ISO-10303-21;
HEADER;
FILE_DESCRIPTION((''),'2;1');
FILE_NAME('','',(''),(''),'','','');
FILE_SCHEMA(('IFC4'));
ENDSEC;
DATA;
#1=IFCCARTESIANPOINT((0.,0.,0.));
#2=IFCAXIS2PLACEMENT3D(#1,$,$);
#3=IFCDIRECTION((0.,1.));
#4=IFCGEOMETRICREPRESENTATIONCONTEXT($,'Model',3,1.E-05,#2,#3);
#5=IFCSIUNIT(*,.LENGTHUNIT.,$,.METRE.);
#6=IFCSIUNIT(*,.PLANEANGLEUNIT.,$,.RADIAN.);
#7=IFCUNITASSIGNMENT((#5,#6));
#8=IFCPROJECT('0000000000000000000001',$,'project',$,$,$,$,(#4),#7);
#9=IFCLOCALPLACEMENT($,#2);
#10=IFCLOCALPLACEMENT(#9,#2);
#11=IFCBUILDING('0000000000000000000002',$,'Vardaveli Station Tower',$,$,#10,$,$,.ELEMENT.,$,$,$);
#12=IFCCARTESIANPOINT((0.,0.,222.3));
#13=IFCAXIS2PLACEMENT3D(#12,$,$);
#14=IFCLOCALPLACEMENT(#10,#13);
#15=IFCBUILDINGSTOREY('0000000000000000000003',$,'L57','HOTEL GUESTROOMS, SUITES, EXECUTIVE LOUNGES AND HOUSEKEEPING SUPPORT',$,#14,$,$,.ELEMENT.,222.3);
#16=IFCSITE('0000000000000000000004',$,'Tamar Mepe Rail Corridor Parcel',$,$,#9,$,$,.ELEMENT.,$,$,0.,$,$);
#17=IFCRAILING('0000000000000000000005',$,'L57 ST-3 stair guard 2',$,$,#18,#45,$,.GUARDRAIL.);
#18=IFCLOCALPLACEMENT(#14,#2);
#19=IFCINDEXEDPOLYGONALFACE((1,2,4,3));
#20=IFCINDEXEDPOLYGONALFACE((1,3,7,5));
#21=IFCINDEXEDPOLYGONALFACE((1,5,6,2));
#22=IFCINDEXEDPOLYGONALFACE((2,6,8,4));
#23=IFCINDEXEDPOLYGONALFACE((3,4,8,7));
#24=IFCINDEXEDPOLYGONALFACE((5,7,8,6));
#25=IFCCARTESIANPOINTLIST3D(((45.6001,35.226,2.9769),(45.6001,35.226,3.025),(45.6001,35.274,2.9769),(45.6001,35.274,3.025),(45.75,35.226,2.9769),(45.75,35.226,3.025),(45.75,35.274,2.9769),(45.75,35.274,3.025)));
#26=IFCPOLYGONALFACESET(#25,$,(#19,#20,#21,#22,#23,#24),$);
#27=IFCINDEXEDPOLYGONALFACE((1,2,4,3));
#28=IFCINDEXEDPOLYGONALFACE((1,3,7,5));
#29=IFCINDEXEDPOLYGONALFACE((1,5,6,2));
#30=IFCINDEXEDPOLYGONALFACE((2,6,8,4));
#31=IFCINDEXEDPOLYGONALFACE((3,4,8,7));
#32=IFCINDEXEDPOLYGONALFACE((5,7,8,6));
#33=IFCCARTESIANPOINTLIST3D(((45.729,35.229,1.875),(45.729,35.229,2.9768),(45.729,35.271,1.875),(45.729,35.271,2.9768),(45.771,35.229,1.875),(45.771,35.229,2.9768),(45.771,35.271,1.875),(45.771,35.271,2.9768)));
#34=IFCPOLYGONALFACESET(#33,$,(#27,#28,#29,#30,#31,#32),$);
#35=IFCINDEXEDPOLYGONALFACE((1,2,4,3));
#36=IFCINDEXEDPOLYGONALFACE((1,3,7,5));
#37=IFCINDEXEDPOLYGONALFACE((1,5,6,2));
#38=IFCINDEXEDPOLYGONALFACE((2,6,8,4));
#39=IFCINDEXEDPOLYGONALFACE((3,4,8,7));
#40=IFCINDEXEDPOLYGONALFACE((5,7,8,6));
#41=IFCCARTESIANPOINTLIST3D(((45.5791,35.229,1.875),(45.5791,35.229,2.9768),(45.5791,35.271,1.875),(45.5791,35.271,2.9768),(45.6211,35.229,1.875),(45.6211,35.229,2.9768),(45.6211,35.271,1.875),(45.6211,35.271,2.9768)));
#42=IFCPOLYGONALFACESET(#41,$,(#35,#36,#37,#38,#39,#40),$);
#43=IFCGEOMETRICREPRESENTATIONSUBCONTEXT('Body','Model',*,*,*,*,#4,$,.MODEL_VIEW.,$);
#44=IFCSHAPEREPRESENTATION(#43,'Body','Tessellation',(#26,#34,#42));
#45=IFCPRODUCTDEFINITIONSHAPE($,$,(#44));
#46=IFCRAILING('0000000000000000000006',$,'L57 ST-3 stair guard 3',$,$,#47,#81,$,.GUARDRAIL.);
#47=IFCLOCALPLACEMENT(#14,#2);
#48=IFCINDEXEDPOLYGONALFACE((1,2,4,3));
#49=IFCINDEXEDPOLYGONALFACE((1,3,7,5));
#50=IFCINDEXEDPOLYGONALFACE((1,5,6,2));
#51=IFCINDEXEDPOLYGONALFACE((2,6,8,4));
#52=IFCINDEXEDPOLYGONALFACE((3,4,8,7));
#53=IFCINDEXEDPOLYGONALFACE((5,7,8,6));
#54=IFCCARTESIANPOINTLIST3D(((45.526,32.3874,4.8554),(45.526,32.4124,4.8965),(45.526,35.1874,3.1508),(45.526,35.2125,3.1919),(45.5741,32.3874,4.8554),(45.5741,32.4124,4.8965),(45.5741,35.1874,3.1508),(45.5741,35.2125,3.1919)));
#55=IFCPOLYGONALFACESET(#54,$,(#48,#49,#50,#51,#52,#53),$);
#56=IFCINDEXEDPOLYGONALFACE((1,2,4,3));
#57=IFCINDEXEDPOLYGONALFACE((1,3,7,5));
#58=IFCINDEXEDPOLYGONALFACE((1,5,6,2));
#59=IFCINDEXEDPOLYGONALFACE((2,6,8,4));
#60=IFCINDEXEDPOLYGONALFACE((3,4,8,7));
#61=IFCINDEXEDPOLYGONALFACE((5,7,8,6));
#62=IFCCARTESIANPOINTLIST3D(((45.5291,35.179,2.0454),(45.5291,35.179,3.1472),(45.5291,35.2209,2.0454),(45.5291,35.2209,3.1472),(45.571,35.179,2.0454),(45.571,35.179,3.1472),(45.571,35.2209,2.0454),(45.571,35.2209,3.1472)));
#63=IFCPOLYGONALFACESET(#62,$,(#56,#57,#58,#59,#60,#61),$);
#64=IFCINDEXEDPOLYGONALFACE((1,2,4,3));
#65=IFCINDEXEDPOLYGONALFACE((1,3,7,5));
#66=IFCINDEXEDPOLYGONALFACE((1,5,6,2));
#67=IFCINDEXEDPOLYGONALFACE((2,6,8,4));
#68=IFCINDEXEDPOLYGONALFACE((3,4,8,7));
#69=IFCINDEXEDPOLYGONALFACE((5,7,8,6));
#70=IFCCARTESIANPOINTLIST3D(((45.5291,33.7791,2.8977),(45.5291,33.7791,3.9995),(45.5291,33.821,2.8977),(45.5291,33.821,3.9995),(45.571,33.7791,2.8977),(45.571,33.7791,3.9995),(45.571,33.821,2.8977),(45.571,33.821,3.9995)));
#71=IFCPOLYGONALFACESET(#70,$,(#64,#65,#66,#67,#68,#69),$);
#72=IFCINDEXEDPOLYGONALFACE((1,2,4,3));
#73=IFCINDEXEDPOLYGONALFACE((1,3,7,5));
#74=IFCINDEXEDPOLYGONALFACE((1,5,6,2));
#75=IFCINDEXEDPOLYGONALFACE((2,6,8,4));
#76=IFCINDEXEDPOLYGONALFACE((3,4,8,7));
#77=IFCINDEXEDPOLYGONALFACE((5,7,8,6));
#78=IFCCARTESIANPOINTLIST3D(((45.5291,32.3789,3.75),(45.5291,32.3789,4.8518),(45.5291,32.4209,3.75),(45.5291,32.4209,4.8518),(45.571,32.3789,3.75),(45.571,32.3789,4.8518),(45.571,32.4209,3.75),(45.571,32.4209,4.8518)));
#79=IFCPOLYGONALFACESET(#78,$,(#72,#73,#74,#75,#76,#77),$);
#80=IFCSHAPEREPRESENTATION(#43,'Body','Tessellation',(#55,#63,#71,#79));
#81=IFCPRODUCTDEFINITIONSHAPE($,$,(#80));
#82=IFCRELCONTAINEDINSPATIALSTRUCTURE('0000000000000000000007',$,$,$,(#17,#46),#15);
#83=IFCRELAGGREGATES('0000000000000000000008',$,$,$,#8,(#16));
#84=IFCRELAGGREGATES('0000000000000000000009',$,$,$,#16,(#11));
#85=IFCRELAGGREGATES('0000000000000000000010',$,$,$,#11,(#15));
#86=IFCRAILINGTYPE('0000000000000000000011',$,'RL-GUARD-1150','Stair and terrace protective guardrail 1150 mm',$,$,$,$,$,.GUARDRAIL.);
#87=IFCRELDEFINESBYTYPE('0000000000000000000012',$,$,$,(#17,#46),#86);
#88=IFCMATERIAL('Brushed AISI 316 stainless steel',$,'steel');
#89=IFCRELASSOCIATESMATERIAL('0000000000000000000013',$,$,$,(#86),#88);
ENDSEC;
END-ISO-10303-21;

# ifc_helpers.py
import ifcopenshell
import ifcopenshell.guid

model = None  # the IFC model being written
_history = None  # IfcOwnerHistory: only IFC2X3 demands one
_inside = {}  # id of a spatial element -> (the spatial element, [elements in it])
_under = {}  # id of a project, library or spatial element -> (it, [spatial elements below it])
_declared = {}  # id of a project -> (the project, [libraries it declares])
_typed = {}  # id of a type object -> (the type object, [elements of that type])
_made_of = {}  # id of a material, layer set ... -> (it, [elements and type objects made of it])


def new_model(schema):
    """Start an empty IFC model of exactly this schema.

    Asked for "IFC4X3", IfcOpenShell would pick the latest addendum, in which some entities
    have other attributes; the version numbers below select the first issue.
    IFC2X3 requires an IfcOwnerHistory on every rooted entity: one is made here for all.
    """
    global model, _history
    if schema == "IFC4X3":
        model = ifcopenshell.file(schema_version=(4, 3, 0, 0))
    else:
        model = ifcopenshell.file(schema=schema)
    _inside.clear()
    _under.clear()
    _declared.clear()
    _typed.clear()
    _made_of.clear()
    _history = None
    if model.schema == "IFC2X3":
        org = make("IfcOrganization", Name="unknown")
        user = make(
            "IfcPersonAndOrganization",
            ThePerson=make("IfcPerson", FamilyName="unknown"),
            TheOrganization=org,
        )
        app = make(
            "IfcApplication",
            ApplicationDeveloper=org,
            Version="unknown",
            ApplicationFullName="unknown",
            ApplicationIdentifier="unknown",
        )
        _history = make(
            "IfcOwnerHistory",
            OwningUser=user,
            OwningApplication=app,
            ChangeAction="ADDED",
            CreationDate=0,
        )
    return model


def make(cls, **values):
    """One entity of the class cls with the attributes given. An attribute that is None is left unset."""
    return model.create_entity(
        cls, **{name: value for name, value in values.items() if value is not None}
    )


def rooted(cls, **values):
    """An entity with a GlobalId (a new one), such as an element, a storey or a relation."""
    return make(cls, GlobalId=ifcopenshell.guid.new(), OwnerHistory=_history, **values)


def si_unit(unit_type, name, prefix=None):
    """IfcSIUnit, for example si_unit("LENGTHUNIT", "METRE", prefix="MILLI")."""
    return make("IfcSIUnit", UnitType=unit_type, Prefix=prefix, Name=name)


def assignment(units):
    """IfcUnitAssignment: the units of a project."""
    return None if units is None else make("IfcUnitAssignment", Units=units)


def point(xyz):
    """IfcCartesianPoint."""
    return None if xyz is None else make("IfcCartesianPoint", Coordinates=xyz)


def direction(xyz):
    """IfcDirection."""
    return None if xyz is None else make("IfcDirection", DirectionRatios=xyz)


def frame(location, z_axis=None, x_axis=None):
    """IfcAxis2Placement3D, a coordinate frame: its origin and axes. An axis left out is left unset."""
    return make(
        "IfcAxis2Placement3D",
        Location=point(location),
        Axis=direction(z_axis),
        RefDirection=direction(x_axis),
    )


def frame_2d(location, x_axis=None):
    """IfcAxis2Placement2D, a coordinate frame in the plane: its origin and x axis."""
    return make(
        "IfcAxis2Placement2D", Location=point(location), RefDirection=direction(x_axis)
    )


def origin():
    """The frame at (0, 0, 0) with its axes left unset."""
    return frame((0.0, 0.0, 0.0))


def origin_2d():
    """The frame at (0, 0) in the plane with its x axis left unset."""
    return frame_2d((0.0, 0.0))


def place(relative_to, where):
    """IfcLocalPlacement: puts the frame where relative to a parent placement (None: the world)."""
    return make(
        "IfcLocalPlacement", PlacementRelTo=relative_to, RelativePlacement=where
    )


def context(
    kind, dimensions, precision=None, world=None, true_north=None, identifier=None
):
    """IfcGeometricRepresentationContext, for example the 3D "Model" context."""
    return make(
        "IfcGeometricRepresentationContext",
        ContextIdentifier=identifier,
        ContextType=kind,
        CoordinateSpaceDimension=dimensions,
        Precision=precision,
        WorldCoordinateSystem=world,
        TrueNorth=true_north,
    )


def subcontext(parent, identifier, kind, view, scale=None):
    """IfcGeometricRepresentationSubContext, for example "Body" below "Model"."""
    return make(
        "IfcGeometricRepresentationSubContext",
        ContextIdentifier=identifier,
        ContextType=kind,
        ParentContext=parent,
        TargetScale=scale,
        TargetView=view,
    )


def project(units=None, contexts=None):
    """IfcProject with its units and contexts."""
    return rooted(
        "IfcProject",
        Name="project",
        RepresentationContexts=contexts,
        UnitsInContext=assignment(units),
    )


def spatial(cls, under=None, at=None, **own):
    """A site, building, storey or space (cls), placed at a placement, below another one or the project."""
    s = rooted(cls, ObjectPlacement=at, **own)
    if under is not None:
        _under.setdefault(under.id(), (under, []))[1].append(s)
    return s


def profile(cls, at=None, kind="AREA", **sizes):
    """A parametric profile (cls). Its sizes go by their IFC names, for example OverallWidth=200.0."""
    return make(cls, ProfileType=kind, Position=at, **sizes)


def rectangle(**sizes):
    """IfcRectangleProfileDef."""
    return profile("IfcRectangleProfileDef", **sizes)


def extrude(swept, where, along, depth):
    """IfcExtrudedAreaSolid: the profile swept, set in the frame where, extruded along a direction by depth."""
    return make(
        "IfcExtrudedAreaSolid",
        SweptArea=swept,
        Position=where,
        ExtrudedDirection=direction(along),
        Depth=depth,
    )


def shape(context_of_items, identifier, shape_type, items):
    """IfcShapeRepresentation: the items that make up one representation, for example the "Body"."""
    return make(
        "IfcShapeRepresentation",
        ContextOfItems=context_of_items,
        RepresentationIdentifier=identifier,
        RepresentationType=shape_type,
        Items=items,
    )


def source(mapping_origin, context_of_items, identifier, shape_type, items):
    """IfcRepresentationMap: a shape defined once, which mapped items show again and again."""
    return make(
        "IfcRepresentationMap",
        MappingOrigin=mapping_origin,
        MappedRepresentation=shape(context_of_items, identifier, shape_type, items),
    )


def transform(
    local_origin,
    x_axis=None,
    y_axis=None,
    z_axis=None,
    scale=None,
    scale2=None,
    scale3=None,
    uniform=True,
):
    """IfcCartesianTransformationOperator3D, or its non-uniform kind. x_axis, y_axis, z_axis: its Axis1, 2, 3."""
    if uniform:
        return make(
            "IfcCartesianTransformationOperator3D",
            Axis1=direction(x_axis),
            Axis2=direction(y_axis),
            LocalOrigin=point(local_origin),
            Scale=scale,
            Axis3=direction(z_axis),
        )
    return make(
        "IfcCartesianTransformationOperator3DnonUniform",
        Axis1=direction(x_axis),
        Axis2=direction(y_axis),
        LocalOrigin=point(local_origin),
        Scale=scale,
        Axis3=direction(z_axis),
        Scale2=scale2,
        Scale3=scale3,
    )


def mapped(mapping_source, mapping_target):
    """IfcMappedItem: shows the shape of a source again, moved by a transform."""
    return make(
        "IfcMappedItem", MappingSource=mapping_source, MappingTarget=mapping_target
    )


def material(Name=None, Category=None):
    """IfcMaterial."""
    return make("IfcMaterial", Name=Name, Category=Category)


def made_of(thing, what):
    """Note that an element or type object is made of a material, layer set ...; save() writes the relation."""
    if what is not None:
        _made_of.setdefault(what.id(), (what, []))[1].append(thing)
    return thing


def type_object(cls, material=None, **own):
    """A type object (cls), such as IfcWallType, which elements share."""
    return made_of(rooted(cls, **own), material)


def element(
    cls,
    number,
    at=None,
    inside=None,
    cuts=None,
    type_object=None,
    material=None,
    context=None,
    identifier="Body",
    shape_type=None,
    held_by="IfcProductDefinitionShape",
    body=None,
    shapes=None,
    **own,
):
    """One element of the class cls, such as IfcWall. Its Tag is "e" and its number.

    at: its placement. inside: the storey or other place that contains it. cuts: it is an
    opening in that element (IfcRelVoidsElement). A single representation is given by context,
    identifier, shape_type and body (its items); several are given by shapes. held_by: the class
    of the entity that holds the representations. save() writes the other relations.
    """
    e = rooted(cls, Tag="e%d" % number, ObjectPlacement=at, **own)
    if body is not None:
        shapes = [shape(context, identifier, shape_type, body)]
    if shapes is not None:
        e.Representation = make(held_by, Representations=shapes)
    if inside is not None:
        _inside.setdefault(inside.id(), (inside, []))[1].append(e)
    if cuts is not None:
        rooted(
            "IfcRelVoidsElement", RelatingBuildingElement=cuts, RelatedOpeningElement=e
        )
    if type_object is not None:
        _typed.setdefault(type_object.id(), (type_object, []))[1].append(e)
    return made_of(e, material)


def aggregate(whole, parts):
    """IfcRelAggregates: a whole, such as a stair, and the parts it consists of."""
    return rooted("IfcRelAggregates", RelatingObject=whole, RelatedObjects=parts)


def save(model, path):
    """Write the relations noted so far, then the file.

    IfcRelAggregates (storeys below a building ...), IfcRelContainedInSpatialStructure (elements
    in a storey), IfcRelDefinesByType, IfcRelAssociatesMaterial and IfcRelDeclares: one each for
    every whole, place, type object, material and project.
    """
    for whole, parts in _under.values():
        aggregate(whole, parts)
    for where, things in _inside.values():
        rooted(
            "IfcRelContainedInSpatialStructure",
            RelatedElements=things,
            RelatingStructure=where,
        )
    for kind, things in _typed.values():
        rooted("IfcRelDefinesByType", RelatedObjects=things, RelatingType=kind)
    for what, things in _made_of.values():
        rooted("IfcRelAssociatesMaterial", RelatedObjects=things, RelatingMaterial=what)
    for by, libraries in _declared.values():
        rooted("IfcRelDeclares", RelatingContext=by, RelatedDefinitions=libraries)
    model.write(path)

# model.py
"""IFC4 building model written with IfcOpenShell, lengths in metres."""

from ifc_helpers import new_model, si_unit, direction, frame, origin, origin_2d, place, context, subcontext, project, spatial, rectangle, extrude, source, transform, mapped, material, type_object, element, save


model = new_model("IFC4")

# Units and contexts
model_context = context("Model", 3, precision=1e-05, world=origin(), true_north=direction((0.0, 1.0)))
body_context = subcontext(model_context, "Body", "Model", "MODEL_VIEW")
ifc_project = project(units=[si_unit("LENGTHUNIT", "METRE"), si_unit("PLANEANGLEUNIT", "RADIAN")], contexts=[model_context])

# Site, building, storey
site_placement = place(None, origin())
site = spatial("IfcSite", under=ifc_project, at=site_placement, Name="Tamar Mepe Rail Corridor Parcel", CompositionType="ELEMENT", RefElevation=0.0)
building_placement = place(site_placement, origin())
building = spatial("IfcBuilding", under=site, at=building_placement, Name="Vardaveli Station Tower", CompositionType="ELEMENT")
storey_placement = place(building_placement, frame((0.0, 0.0, 222.3)))
storey = spatial("IfcBuildingStorey", under=building, at=storey_placement, Name="L57", Description="HOTEL GUESTROOMS, SUITES, EXECUTIVE LOUNGES AND HOUSEKEEPING SUPPORT", CompositionType="ELEMENT", Elevation=222.3)

# Railings
ifc_material_1 = material(Name="Brushed AISI 316 stainless steel", Category="steel")
railing_type = type_object("IfcRailingType", Name="RL-GUARD-1150", Description="Stair and terrace protective guardrail 1150 mm", PredefinedType="GUARDRAIL", material=ifc_material_1)
shared_shape_1 = source(origin(), body_context, "Body", "SweptSolid", [
    extrude(rectangle(XDim=0.0481, YDim=0.0481, at=origin_2d()), frame((0.0, 0.0, 1.126), z_axis=(-1.0, 0.0, 0.0), x_axis=(0.0, -1.0, 0.0)), (0.0, 0.0, 1.0), 0.1499),
    extrude(rectangle(XDim=0.042, YDim=0.042, at=origin_2d()), origin(), (0.0, 0.0, 1.0), 1.1018),
    extrude(rectangle(XDim=0.042, YDim=0.042, at=origin_2d()), frame((-0.1499, 0.0, 0.0)), (0.0, 0.0, 1.0), 1.1018),
])
railing_1_placement = place(storey_placement, frame((45.75, 35.25, 1.875)))
element("IfcRailing", 1, at=railing_1_placement, inside=storey, type_object=railing_type, Name="L57 ST-3 stair guard 2", PredefinedType="GUARDRAIL", context=body_context, shape_type="MappedRepresentation", body=[
    mapped(shared_shape_1, transform((0.0, 0.0, 0.0), scale=1.0)),
])
shared_shape_2 = source(origin(), body_context, "Body", "SweptSolid", [
    extrude(rectangle(XDim=0.0481, YDim=0.0481, at=origin_2d()), frame((0.0, 0.0, 1.126), z_axis=(0.0, -0.85417, 0.519994), x_axis=(1.0, 0.0, 0.0)), (0.0, 0.0, 1.0), 3.2781),
    extrude(rectangle(XDim=0.042, YDim=0.042, at=origin_2d()), origin(), (0.0, 0.0, 1.0), 1.1018),
    extrude(rectangle(XDim=0.042, YDim=0.042, at=origin_2d()), frame((0.0, -1.3999, 0.8523)), (0.0, 0.0, 1.0), 1.1018),
    extrude(rectangle(XDim=0.042, YDim=0.042, at=origin_2d()), frame((0.0, -2.8, 1.7046)), (0.0, 0.0, 1.0), 1.1018),
])
railing_2_placement = place(storey_placement, frame((45.55, 35.2, 2.0454)))
element("IfcRailing", 2, at=railing_2_placement, inside=storey, type_object=railing_type, Name="L57 ST-3 stair guard 3", PredefinedType="GUARDRAIL", context=body_context, shape_type="MappedRepresentation", body=[
    mapped(shared_shape_2, transform((0.0, 0.0, 0.0), scale=1.0)),
])

save(model, "model.ifc")
